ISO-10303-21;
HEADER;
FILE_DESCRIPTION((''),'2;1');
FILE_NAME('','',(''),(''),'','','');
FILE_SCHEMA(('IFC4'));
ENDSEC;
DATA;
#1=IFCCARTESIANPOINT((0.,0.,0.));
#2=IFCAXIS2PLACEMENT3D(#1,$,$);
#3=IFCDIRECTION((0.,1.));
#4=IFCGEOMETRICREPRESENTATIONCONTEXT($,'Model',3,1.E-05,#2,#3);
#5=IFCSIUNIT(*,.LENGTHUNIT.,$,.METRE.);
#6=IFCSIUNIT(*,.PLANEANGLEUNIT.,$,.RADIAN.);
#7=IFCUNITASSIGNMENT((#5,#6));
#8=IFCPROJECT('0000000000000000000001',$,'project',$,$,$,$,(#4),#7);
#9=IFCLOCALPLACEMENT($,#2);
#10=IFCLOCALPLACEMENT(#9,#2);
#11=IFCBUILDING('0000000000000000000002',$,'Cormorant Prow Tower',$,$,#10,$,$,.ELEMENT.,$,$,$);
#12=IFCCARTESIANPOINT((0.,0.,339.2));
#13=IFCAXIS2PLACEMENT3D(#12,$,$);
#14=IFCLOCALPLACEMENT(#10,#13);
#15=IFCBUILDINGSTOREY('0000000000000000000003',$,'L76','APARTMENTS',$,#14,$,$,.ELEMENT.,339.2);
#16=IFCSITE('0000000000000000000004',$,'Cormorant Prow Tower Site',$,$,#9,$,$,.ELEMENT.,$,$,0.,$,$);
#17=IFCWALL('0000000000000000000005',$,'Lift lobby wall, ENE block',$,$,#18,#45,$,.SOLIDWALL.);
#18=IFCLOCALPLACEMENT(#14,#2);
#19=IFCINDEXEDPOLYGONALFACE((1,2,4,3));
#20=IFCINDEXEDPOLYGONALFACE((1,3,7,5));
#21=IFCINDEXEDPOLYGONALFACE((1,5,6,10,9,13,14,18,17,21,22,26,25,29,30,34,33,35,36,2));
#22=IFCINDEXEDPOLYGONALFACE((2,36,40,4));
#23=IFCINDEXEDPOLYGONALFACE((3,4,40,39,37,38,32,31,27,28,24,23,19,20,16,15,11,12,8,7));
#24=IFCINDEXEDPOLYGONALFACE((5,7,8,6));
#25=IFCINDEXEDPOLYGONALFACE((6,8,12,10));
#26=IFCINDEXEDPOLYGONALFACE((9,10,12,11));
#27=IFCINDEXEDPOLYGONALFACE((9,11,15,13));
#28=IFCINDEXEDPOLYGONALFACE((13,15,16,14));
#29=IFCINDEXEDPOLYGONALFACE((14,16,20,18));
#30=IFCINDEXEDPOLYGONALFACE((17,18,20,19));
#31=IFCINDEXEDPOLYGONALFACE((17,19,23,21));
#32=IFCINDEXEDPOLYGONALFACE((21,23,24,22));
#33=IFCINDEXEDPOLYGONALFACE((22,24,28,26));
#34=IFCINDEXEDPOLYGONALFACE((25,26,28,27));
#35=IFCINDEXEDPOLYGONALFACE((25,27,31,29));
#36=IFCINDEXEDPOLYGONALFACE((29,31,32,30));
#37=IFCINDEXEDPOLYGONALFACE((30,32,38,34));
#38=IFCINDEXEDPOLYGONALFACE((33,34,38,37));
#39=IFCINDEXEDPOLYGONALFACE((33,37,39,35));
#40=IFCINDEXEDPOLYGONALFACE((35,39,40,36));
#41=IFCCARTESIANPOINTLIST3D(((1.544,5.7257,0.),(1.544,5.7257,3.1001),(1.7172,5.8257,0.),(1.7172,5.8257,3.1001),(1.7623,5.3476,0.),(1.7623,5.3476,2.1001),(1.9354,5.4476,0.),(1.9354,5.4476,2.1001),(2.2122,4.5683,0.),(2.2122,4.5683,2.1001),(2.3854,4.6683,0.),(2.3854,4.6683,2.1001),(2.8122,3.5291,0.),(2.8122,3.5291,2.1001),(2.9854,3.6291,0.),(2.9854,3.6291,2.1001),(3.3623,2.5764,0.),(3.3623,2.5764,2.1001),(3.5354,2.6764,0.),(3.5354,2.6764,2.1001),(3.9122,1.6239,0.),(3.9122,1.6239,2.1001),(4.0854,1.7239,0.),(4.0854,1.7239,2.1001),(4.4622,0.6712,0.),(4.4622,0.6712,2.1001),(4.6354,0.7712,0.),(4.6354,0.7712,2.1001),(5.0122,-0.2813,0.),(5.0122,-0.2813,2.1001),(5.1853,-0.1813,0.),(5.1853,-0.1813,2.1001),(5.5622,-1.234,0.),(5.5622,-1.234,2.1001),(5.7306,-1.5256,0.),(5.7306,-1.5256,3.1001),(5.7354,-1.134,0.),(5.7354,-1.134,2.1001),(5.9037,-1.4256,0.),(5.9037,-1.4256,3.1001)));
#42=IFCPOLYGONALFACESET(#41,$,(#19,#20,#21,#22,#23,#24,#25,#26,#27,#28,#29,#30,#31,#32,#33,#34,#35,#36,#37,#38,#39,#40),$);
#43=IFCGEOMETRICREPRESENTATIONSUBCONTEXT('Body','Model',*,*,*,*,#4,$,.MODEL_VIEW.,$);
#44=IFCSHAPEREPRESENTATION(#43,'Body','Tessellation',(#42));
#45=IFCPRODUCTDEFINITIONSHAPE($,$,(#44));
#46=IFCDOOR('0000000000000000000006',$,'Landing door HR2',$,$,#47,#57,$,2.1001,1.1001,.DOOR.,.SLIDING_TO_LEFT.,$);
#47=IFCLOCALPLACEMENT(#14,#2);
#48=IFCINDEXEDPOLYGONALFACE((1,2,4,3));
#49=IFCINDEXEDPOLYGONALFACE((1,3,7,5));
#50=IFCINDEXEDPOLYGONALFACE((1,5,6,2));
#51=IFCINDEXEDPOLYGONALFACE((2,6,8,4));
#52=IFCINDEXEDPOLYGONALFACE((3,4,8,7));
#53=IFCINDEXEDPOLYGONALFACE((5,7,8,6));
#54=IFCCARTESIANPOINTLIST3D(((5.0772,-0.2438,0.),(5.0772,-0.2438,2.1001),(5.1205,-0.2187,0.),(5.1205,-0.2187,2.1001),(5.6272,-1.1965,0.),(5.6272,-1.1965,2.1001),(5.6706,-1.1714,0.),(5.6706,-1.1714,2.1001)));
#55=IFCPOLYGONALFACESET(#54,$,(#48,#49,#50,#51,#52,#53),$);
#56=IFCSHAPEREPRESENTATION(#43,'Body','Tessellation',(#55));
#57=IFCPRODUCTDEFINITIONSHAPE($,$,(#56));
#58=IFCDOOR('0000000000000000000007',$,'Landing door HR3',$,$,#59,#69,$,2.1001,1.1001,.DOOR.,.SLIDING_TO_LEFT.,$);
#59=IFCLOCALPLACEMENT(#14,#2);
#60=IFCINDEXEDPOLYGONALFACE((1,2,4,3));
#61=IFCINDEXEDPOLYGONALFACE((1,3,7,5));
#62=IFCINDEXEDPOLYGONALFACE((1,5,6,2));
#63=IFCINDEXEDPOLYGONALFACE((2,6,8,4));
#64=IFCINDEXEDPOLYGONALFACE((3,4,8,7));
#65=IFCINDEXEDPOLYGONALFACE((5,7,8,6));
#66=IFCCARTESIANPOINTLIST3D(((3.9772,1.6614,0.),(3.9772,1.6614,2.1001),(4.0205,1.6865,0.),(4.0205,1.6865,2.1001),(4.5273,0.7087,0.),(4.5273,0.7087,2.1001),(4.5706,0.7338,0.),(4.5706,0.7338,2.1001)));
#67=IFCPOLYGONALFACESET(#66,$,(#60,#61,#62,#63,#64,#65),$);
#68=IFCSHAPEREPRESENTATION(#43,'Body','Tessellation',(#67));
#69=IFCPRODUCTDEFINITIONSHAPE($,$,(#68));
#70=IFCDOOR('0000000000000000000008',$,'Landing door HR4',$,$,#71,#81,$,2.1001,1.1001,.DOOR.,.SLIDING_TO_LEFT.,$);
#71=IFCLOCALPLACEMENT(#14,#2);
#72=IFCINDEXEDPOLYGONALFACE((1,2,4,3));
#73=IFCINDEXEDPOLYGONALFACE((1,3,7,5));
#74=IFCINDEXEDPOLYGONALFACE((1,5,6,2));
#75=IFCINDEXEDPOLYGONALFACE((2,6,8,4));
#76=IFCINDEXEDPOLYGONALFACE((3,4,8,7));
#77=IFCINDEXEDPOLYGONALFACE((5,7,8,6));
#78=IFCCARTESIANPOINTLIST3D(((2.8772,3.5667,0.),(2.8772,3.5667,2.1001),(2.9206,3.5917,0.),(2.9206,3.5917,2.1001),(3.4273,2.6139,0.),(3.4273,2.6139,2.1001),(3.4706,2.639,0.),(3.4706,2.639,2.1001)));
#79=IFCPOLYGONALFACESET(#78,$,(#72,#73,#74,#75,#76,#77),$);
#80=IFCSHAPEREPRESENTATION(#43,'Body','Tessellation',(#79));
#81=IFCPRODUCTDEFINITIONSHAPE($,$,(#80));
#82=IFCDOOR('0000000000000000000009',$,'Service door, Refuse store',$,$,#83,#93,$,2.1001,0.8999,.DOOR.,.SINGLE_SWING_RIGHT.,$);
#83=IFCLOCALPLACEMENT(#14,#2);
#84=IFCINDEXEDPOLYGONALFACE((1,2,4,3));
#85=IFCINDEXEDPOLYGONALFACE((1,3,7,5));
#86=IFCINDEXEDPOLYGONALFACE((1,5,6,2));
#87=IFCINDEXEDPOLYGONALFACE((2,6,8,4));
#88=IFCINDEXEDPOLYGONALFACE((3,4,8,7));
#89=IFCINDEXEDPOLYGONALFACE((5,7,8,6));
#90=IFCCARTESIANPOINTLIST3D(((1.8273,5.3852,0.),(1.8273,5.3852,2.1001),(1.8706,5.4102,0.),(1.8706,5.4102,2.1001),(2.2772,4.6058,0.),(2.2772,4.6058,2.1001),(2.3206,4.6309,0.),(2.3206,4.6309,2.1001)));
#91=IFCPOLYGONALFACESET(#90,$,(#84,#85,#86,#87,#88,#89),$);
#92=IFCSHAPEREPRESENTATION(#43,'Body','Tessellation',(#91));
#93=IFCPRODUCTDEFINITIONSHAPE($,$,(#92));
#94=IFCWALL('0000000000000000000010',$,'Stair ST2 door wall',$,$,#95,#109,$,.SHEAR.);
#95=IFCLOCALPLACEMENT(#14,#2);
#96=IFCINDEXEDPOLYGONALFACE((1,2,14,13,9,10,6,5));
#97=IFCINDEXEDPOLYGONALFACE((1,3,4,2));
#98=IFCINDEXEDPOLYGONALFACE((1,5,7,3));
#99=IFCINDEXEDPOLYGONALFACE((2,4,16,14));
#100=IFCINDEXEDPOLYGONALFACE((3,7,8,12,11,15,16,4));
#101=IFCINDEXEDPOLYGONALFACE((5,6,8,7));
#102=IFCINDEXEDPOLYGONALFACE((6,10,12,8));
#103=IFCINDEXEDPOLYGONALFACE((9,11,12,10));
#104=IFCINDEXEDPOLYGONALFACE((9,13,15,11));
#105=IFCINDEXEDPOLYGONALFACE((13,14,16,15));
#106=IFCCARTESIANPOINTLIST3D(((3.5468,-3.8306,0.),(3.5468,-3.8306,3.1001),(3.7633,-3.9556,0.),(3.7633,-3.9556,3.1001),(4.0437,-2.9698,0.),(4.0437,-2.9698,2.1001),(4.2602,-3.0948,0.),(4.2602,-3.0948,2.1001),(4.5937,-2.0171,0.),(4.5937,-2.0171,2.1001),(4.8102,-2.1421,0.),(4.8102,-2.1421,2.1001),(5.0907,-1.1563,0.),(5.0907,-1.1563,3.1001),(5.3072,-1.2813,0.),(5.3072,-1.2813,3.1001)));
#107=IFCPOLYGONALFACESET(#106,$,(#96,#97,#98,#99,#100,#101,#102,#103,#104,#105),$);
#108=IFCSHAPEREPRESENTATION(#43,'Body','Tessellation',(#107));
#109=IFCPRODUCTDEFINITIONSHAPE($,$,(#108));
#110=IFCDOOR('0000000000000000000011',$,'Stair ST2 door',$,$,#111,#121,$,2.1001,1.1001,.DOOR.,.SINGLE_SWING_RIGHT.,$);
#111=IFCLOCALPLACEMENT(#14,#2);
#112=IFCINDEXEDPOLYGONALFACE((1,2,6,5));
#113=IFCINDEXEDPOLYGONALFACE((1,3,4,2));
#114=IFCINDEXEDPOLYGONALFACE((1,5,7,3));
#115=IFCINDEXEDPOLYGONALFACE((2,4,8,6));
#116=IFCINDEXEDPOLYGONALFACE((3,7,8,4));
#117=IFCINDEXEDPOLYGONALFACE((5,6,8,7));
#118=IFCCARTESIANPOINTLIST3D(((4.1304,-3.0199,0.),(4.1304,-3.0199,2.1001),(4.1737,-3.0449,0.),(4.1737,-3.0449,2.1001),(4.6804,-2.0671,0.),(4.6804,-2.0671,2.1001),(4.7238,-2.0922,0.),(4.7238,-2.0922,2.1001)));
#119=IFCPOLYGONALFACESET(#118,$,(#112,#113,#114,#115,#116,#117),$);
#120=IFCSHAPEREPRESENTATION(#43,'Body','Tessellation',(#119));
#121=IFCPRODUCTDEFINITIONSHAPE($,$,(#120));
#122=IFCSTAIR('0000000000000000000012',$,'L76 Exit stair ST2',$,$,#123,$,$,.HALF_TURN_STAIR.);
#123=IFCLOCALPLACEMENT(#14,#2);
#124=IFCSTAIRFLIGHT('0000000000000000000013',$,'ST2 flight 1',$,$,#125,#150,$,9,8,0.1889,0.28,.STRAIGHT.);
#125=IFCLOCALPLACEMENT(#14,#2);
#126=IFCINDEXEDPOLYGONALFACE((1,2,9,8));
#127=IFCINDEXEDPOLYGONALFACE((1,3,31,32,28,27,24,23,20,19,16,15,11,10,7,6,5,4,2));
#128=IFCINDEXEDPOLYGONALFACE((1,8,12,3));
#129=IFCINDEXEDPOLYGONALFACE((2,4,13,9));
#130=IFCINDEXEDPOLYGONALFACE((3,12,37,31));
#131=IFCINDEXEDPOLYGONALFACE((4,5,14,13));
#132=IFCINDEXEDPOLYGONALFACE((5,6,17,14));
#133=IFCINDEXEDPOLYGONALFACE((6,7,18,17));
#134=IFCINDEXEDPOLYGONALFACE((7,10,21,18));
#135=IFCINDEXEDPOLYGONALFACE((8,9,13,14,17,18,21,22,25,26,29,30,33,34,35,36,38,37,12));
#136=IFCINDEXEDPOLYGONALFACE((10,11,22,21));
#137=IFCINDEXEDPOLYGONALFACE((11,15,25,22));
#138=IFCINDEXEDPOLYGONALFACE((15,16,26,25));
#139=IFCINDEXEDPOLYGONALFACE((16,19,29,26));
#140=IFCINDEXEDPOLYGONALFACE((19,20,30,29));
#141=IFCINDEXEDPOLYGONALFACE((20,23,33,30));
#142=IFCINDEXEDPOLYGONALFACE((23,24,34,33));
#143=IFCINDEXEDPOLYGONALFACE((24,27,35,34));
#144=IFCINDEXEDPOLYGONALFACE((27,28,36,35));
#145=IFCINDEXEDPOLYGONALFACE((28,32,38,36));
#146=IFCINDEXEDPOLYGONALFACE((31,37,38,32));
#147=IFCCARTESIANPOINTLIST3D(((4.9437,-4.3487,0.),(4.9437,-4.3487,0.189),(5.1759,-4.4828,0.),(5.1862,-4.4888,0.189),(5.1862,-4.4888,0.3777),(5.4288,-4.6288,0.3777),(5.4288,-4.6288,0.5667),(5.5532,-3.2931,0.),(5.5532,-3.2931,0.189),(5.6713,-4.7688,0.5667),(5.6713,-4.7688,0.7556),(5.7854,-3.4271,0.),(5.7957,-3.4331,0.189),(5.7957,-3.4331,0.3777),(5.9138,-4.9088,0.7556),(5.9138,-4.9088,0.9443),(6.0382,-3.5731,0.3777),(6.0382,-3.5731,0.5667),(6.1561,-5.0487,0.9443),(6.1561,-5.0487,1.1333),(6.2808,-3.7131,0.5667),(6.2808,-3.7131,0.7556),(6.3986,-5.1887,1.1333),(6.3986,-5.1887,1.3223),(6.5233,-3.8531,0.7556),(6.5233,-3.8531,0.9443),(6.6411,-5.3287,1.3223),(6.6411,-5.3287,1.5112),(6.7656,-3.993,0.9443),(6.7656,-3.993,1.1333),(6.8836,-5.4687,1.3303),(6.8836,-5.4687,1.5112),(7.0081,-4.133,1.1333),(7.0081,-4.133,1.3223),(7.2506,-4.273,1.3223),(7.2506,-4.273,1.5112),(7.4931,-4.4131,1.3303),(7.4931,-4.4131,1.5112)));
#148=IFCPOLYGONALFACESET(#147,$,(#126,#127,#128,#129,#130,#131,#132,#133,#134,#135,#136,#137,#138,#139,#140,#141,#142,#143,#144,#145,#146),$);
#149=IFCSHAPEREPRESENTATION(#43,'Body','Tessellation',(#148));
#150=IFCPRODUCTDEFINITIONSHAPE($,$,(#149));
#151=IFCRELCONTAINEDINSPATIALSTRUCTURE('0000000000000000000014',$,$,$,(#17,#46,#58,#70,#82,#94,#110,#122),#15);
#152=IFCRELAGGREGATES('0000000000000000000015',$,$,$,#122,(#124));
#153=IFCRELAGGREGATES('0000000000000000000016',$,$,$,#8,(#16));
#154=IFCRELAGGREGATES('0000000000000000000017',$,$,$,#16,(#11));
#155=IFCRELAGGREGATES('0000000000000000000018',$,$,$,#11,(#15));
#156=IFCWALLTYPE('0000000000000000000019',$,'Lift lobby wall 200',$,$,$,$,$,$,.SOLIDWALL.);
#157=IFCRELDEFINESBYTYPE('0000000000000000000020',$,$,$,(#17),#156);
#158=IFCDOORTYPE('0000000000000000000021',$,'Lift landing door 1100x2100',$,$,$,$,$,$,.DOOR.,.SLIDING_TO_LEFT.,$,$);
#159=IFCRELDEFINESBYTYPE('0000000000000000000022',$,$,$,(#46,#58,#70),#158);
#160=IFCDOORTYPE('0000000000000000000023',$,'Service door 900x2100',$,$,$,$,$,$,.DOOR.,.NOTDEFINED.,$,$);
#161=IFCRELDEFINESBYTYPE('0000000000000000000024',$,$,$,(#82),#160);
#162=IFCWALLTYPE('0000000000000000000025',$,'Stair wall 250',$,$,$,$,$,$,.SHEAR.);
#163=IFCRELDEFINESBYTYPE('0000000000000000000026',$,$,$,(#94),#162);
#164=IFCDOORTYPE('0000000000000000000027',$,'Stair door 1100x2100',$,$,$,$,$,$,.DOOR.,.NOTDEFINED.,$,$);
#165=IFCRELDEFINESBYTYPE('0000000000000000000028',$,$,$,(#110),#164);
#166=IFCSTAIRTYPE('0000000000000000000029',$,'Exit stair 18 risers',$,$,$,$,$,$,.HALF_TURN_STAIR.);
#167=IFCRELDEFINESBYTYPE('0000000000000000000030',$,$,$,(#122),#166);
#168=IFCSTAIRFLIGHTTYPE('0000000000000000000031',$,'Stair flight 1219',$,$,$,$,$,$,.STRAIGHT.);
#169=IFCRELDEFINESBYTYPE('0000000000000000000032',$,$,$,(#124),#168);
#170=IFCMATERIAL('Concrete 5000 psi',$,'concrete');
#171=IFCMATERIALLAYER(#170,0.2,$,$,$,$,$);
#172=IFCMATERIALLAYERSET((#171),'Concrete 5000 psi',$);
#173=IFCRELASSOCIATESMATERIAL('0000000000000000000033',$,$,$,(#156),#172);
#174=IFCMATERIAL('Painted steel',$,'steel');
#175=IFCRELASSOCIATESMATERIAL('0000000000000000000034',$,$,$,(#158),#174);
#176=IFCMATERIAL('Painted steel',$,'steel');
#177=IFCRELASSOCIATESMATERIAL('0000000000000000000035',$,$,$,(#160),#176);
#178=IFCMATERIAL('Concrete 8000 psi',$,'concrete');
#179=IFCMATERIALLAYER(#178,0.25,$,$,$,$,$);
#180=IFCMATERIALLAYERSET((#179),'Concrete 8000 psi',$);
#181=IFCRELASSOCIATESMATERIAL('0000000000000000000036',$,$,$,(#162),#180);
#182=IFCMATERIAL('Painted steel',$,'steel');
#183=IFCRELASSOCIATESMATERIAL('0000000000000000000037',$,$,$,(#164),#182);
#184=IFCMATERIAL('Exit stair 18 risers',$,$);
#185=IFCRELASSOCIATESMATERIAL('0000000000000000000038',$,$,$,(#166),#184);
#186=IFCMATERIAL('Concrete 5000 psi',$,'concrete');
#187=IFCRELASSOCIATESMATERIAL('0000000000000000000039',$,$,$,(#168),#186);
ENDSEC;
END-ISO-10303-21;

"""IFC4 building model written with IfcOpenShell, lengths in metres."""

from ifc_helpers import new_model, si_unit, direction, frame, frame_2d, origin, place, context, subcontext, project, spatial, polyline, rectangle, outline, extrude, material, layer, layer_set, type_object, element, fill, aggregate, save


model = new_model("IFC4")

# Units and contexts
model_context = context("Model", 3, precision=1e-05, world=origin(), true_north=direction((0.0, 1.0)))
body_context = subcontext(model_context, "Body", "Model", "MODEL_VIEW")
ifc_project = project(units=[si_unit("LENGTHUNIT", "METRE"), si_unit("PLANEANGLEUNIT", "RADIAN")], contexts=[model_context])

# Site, building, storey
site_placement = place(None, origin())
site = spatial("IfcSite", under=ifc_project, at=site_placement, Name="Cormorant Prow Tower Site", CompositionType="ELEMENT", RefElevation=0.0)
building_placement = place(site_placement, origin())
building = spatial("IfcBuilding", under=site, at=building_placement, Name="Cormorant Prow Tower", CompositionType="ELEMENT")
storey_placement = place(building_placement, frame((0.0, 0.0, 339.2)))
storey = spatial("IfcBuildingStorey", under=building, at=storey_placement, Name="L76", Description="APARTMENTS", CompositionType="ELEMENT", Elevation=339.2)

# Wall, openings, doors
ifc_material_1 = material(Name="Concrete 5000 psi", Category="concrete")
ifc_layer_1 = layer(ifc_material_1, 0.2)
ifc_layer_set_1 = layer_set([ifc_layer_1], Name="Concrete 5000 psi")
wall_type_1 = type_object("IfcWallType", Name="Lift lobby wall 200", PredefinedType="SOLIDWALL", material=ifc_layer_set_1)
wall_1_placement = place(storey_placement, frame((5.8171, -1.4756, 0.0), z_axis=(0.0, 0.0, 1.0), x_axis=(-0.500003, 0.866024, 0.0)))
wall_1 = element("IfcWall", 1, at=wall_1_placement, inside=storey, type_object=wall_type_1, Name="Lift lobby wall, ENE block", PredefinedType="SOLIDWALL", context=body_context, shape_type="SweptSolid", body=[
    extrude(rectangle(XDim=8.373, YDim=0.2, at=frame_2d((4.1865, 0.0))), origin(), (0.0, 0.0, 1.0), 3.1001),
])
opening_1_placement = place(wall_1_placement, frame((0.3367, 0.0, 0.0)))
opening_1 = element("IfcOpeningElement", 2, at=opening_1_placement, cuts=wall_1, PredefinedType="OPENING", context=body_context, shape_type="SweptSolid", body=[
    extrude(rectangle(XDim=1.1001, YDim=2.1001, at=frame_2d((0.55, 1.05))), frame((0.0, 0.1099, 0.0), z_axis=(0.0, -1.0, 0.0), x_axis=(1.0, 0.0, 0.0)), (0.0, 0.0, 1.0), 0.22),
])
opening_2_placement = place(wall_1_placement, frame((2.5366, 0.0, 0.0)))
opening_2 = element("IfcOpeningElement", 3, at=opening_2_placement, cuts=wall_1, PredefinedType="OPENING", context=body_context, shape_type="SweptSolid", body=[
    extrude(rectangle(XDim=1.1001, YDim=2.1001, at=frame_2d((0.55, 1.05))), frame((0.0, 0.1099, 0.0), z_axis=(0.0, -1.0, 0.0), x_axis=(1.0, 0.0, 0.0)), (0.0, 0.0, 1.0), 0.22),
])
opening_3_placement = place(wall_1_placement, frame((4.7366, 0.0, 0.0)))
opening_3 = element("IfcOpeningElement", 4, at=opening_3_placement, cuts=wall_1, PredefinedType="OPENING", context=body_context, shape_type="SweptSolid", body=[
    extrude(rectangle(XDim=1.1001, YDim=2.1001, at=frame_2d((0.55, 1.05))), frame((0.0, 0.1099, 0.0), z_axis=(0.0, -1.0, 0.0), x_axis=(1.0, 0.0, 0.0)), (0.0, 0.0, 1.0), 0.22),
])
opening_4_placement = place(wall_1_placement, frame((7.0366, 0.0, 0.0)))
opening_4 = element("IfcOpeningElement", 5, at=opening_4_placement, cuts=wall_1, PredefinedType="OPENING", context=body_context, shape_type="SweptSolid", body=[
    extrude(rectangle(XDim=0.8999, YDim=2.1001, at=frame_2d((0.45, 1.05))), frame((0.0, 0.1099, 0.0), z_axis=(0.0, -1.0, 0.0), x_axis=(1.0, 0.0, 0.0)), (0.0, 0.0, 1.0), 0.22),
])
ifc_material_2 = material(Name="Painted steel", Category="steel")
door_type_1 = type_object("IfcDoorType", Name="Lift landing door 1100x2100", OperationType="SLIDING_TO_LEFT", PredefinedType="DOOR", material=ifc_material_2)
door_1_placement = place(opening_1_placement, origin())
door_1 = element("IfcDoor", 6, at=door_1_placement, inside=storey, type_object=door_type_1, Name="Landing door HR2", OperationType="SLIDING_TO_LEFT", OverallHeight=2.1001, OverallWidth=1.1001, PredefinedType="DOOR", context=body_context, shape_type="SweptSolid", body=[
    extrude(rectangle(XDim=1.1001, YDim=2.1001, at=frame_2d((0.55, 1.05))), frame((0.0, 0.0249, 0.0), z_axis=(0.0, -1.0, 0.0), x_axis=(1.0, 0.0, 0.0)), (0.0, 0.0, 1.0), 0.05),
])
fill(opening_1, door_1)
door_2_placement = place(opening_2_placement, origin())
door_2 = element("IfcDoor", 7, at=door_2_placement, inside=storey, type_object=door_type_1, Name="Landing door HR3", OperationType="SLIDING_TO_LEFT", OverallHeight=2.1001, OverallWidth=1.1001, PredefinedType="DOOR", context=body_context, shape_type="SweptSolid", body=[
    extrude(rectangle(XDim=1.1001, YDim=2.1001, at=frame_2d((0.55, 1.05))), frame((0.0, 0.0249, 0.0), z_axis=(0.0, -1.0, 0.0), x_axis=(1.0, 0.0, 0.0)), (0.0, 0.0, 1.0), 0.05),
])
fill(opening_2, door_2)
door_3_placement = place(opening_3_placement, origin())
door_3 = element("IfcDoor", 8, at=door_3_placement, inside=storey, type_object=door_type_1, Name="Landing door HR4", OperationType="SLIDING_TO_LEFT", OverallHeight=2.1001, OverallWidth=1.1001, PredefinedType="DOOR", context=body_context, shape_type="SweptSolid", body=[
    extrude(rectangle(XDim=1.1001, YDim=2.1001, at=frame_2d((0.55, 1.05))), frame((0.0, 0.0249, 0.0), z_axis=(0.0, -1.0, 0.0), x_axis=(1.0, 0.0, 0.0)), (0.0, 0.0, 1.0), 0.05),
])
fill(opening_3, door_3)
ifc_material_3 = material(Name="Painted steel", Category="steel")
door_type_2 = type_object("IfcDoorType", Name="Service door 900x2100", OperationType="NOTDEFINED", PredefinedType="DOOR", material=ifc_material_3)
door_4_placement = place(opening_4_placement, origin())
door_4 = element("IfcDoor", 9, at=door_4_placement, inside=storey, type_object=door_type_2, Name="Service door, Refuse store", OperationType="SINGLE_SWING_RIGHT", OverallHeight=2.1001, OverallWidth=0.8999, PredefinedType="DOOR", context=body_context, shape_type="SweptSolid", body=[
    extrude(rectangle(XDim=0.8999, YDim=2.1001, at=frame_2d((0.45, 1.05))), frame((0.0, 0.0249, 0.0), z_axis=(0.0, -1.0, 0.0), x_axis=(1.0, 0.0, 0.0)), (0.0, 0.0, 1.0), 0.05),
])
fill(opening_4, door_4)

# Wall, opening, door
ifc_material_4 = material(Name="Concrete 8000 psi", Category="concrete")
ifc_layer_2 = layer(ifc_material_4, 0.25)
ifc_layer_set_2 = layer_set([ifc_layer_2], Name="Concrete 8000 psi")
wall_type_2 = type_object("IfcWallType", Name="Stair wall 250", PredefinedType="SHEAR", material=ifc_layer_set_2)
wall_2_placement = place(storey_placement, frame((3.655, -3.8931, 0.0), z_axis=(0.0, 0.0, 1.0), x_axis=(0.499983, 0.866035, 0.0)))
wall_2 = element("IfcWall", 10, at=wall_2_placement, inside=storey, type_object=wall_type_2, Name="Stair ST2 door wall", PredefinedType="SHEAR", context=body_context, shape_type="SweptSolid", body=[
    extrude(rectangle(XDim=3.0879, YDim=0.25, at=frame_2d((1.5439, 0.0))), origin(), (0.0, 0.0, 1.0), 3.1001),
])
opening_5_placement = place(wall_2_placement, frame((0.9939, 0.0, 0.0)))
opening_5 = element("IfcOpeningElement", 11, at=opening_5_placement, cuts=wall_2, PredefinedType="OPENING", context=body_context, shape_type="SweptSolid", body=[
    extrude(rectangle(XDim=1.1001, YDim=2.1001, at=frame_2d((0.55, 1.05))), frame((0.0, 0.135, 0.0), z_axis=(0.0, -1.0, 0.0), x_axis=(1.0, 0.0, 0.0)), (0.0, 0.0, 1.0), 0.27),
])
ifc_material_5 = material(Name="Painted steel", Category="steel")
door_type_3 = type_object("IfcDoorType", Name="Stair door 1100x2100", OperationType="NOTDEFINED", PredefinedType="DOOR", material=ifc_material_5)
door_5_placement = place(opening_5_placement, origin())
door_5 = element("IfcDoor", 12, at=door_5_placement, inside=storey, type_object=door_type_3, Name="Stair ST2 door", OperationType="SINGLE_SWING_RIGHT", OverallHeight=2.1001, OverallWidth=1.1001, PredefinedType="DOOR", context=body_context, shape_type="SweptSolid", body=[
    extrude(rectangle(XDim=1.1001, YDim=2.1001, at=frame_2d((0.55, 1.05))), frame((0.0, 0.0249, 0.0), z_axis=(0.0, -1.0, 0.0), x_axis=(1.0, 0.0, 0.0)), (0.0, 0.0, 1.0), 0.05),
])
fill(opening_5, door_5)

# Stair, stair flight
ifc_material_6 = material(Name="Exit stair 18 risers")
stair_type = type_object("IfcStairType", Name="Exit stair 18 risers", PredefinedType="HALF_TURN_STAIR", material=ifc_material_6)
stair_placement = place(storey_placement, origin())
stair = element("IfcStair", 13, at=stair_placement, inside=storey, type_object=stair_type, Name="L76 Exit stair ST2", PredefinedType="HALF_TURN_STAIR")
ifc_material_7 = material(Name="Concrete 5000 psi", Category="concrete")
stair_flight_type = type_object("IfcStairFlightType", Name="Stair flight 1219", PredefinedType="STRAIGHT", material=ifc_material_7)
stair_flight_1_placement = place(storey_placement, frame((5.2485, -3.8208, 0.0), z_axis=(0.0, 0.0, 1.0), x_axis=(0.866025, -0.5, 0.0)))
stair_flight_1 = element("IfcStairFlight", 14, at=stair_flight_1_placement, type_object=stair_flight_type, Name="ST2 flight 1", NumberOfRisers=9, NumberOfTreads=8, PredefinedType="STRAIGHT", RiserHeight=0.1889, TreadLength=0.28, context=body_context, shape_type="SweptSolid", body=[
    extrude(outline(polyline([(0.0, 0.0), (0.0, 0.189), (0.28, 0.189), (0.28, 0.3777), (0.5601, 0.3777), (0.5601, 0.5667), (0.8401, 0.5667), (0.8401, 0.7556), (1.1201, 0.7556), (1.1201, 0.9443), (1.3999, 0.9443), (1.3999, 1.1333), (1.6799, 1.1333), (1.6799, 1.3223), (1.96, 1.3223), (1.96, 1.5112), (2.24, 1.5112), (2.24, 1.7), (2.24, 1.3303), (0.2681, 0.0), (0.0, 0.0)])), frame((0.0, 0.6094, 0.0), z_axis=(0.0, -1.0, 0.0), x_axis=(1.0, 0.0, 0.0)), (0.0, 0.0, 1.0), 1.219),
])
aggregate(stair, [stair_flight_1])

save(model, "model.ifc")
